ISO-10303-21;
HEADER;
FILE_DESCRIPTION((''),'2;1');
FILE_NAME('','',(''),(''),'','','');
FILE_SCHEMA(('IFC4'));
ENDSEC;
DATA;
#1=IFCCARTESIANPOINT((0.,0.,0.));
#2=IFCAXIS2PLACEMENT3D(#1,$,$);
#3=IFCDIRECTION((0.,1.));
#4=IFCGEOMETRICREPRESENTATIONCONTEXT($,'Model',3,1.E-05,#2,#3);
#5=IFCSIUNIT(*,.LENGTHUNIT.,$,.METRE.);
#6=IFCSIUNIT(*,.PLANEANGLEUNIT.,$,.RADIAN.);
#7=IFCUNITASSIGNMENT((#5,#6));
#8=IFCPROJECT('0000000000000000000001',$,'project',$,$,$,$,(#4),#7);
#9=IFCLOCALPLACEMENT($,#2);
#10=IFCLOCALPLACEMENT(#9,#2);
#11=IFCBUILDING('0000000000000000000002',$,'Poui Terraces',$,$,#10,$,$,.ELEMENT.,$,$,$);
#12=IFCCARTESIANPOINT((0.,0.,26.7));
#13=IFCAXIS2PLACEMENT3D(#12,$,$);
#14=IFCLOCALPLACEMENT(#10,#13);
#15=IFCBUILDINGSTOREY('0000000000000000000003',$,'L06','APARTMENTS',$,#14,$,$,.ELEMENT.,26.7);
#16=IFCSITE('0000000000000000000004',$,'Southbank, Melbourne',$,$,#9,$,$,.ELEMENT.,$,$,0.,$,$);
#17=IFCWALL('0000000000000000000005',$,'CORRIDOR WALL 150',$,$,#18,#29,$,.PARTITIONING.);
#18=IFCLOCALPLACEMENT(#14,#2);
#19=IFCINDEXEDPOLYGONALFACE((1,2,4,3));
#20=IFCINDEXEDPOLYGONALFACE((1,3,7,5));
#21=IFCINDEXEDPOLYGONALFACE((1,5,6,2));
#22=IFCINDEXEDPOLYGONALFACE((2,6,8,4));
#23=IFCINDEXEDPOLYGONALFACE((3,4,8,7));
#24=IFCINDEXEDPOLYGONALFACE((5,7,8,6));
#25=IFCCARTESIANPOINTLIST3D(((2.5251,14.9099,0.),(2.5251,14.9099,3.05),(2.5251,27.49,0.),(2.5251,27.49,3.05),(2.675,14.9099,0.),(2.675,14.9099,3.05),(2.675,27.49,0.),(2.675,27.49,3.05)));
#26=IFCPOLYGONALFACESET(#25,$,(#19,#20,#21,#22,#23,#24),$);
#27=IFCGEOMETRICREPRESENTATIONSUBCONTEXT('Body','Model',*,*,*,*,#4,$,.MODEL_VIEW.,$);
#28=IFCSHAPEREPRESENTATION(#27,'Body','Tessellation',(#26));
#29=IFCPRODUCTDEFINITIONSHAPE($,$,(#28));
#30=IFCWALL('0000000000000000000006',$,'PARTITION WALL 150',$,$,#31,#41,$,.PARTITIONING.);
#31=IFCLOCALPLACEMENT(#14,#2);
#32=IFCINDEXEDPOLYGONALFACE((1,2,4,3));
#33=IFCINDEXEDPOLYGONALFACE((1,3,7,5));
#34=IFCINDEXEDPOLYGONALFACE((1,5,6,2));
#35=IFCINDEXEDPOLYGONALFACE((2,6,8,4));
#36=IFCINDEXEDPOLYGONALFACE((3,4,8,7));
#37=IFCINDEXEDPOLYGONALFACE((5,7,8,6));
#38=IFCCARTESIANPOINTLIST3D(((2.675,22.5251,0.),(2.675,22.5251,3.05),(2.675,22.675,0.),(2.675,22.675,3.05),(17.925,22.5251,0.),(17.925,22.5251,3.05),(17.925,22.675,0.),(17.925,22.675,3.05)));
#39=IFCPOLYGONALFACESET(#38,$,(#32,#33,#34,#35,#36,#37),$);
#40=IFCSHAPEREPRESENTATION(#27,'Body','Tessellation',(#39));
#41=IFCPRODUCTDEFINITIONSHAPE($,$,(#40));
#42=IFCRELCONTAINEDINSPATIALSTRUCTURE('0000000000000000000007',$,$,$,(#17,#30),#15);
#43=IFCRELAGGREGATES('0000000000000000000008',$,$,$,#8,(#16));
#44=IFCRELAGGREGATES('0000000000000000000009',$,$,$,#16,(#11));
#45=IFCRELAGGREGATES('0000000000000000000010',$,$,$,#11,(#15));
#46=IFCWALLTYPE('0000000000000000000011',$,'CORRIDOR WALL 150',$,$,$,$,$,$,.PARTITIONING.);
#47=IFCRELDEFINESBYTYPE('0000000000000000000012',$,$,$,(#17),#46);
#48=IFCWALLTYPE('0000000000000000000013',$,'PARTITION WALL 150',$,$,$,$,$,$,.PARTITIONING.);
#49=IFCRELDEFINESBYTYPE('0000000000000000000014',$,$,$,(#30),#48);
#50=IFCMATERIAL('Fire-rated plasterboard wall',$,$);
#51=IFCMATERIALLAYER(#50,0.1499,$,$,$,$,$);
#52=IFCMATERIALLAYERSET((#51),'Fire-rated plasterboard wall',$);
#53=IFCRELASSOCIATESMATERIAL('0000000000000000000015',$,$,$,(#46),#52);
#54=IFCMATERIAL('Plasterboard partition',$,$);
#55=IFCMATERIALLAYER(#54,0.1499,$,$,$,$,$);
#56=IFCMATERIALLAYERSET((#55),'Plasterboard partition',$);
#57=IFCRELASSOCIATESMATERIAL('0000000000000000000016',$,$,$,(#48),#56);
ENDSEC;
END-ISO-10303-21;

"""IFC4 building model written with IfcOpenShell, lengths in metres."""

from ifc_helpers import new_model, si_unit, direction, frame, frame_2d, origin, place, context, subcontext, project, spatial, rectangle, extrude, material, layer, layer_set, type_object, element, save


model = new_model("IFC4")

# Units and contexts
model_context = context("Model", 3, precision=1e-05, world=origin(), true_north=direction((0.0, 1.0)))
body_context = subcontext(model_context, "Body", "Model", "MODEL_VIEW")
ifc_project = project(units=[si_unit("LENGTHUNIT", "METRE"), si_unit("PLANEANGLEUNIT", "RADIAN")], contexts=[model_context])

# Site, building, storey
site_placement = place(None, origin())
site = spatial("IfcSite", under=ifc_project, at=site_placement, Name="Southbank, Melbourne", CompositionType="ELEMENT", RefElevation=0.0)
building_placement = place(site_placement, origin())
building = spatial("IfcBuilding", under=site, at=building_placement, Name="Poui Terraces", CompositionType="ELEMENT")
storey_placement = place(building_placement, frame((0.0, 0.0, 26.7)))
storey = spatial("IfcBuildingStorey", under=building, at=storey_placement, Name="L06", Description="APARTMENTS", CompositionType="ELEMENT", Elevation=26.7)

# Walls
ifc_material_1 = material(Name="Fire-rated plasterboard wall")
ifc_layer_1 = layer(ifc_material_1, 0.1499)
ifc_layer_set_1 = layer_set([ifc_layer_1], Name="Fire-rated plasterboard wall")
wall_type_1 = type_object("IfcWallType", Name="CORRIDOR WALL 150", PredefinedType="PARTITIONING", material=ifc_layer_set_1)
wall_1_placement = place(storey_placement, frame((2.6001, 14.9099, 0.0), z_axis=(0.0, 0.0, 1.0), x_axis=(0.0, 1.0, 0.0)))
element("IfcWall", 1, at=wall_1_placement, inside=storey, type_object=wall_type_1, Name="CORRIDOR WALL 150", PredefinedType="PARTITIONING", context=body_context, shape_type="SweptSolid", body=[
    extrude(rectangle(XDim=12.5801, YDim=0.1499, at=frame_2d((6.29, 0.0))), origin(), (0.0, 0.0, 1.0), 3.05),
])
ifc_material_2 = material(Name="Plasterboard partition")
ifc_layer_2 = layer(ifc_material_2, 0.1499)
ifc_layer_set_2 = layer_set([ifc_layer_2], Name="Plasterboard partition")
wall_type_2 = type_object("IfcWallType", Name="PARTITION WALL 150", PredefinedType="PARTITIONING", material=ifc_layer_set_2)
wall_2_placement = place(storey_placement, frame((2.675, 22.6001, 0.0), z_axis=(0.0, 0.0, 1.0), x_axis=(1.0, 0.0, 0.0)))
element("IfcWall", 2, at=wall_2_placement, inside=storey, type_object=wall_type_2, Name="PARTITION WALL 150", PredefinedType="PARTITIONING", context=body_context, shape_type="SweptSolid", body=[
    extrude(rectangle(XDim=15.25, YDim=0.1499, at=frame_2d((7.625, 0.0))), origin(), (0.0, 0.0, 1.0), 3.05),
])

save(model, "model.ifc")
